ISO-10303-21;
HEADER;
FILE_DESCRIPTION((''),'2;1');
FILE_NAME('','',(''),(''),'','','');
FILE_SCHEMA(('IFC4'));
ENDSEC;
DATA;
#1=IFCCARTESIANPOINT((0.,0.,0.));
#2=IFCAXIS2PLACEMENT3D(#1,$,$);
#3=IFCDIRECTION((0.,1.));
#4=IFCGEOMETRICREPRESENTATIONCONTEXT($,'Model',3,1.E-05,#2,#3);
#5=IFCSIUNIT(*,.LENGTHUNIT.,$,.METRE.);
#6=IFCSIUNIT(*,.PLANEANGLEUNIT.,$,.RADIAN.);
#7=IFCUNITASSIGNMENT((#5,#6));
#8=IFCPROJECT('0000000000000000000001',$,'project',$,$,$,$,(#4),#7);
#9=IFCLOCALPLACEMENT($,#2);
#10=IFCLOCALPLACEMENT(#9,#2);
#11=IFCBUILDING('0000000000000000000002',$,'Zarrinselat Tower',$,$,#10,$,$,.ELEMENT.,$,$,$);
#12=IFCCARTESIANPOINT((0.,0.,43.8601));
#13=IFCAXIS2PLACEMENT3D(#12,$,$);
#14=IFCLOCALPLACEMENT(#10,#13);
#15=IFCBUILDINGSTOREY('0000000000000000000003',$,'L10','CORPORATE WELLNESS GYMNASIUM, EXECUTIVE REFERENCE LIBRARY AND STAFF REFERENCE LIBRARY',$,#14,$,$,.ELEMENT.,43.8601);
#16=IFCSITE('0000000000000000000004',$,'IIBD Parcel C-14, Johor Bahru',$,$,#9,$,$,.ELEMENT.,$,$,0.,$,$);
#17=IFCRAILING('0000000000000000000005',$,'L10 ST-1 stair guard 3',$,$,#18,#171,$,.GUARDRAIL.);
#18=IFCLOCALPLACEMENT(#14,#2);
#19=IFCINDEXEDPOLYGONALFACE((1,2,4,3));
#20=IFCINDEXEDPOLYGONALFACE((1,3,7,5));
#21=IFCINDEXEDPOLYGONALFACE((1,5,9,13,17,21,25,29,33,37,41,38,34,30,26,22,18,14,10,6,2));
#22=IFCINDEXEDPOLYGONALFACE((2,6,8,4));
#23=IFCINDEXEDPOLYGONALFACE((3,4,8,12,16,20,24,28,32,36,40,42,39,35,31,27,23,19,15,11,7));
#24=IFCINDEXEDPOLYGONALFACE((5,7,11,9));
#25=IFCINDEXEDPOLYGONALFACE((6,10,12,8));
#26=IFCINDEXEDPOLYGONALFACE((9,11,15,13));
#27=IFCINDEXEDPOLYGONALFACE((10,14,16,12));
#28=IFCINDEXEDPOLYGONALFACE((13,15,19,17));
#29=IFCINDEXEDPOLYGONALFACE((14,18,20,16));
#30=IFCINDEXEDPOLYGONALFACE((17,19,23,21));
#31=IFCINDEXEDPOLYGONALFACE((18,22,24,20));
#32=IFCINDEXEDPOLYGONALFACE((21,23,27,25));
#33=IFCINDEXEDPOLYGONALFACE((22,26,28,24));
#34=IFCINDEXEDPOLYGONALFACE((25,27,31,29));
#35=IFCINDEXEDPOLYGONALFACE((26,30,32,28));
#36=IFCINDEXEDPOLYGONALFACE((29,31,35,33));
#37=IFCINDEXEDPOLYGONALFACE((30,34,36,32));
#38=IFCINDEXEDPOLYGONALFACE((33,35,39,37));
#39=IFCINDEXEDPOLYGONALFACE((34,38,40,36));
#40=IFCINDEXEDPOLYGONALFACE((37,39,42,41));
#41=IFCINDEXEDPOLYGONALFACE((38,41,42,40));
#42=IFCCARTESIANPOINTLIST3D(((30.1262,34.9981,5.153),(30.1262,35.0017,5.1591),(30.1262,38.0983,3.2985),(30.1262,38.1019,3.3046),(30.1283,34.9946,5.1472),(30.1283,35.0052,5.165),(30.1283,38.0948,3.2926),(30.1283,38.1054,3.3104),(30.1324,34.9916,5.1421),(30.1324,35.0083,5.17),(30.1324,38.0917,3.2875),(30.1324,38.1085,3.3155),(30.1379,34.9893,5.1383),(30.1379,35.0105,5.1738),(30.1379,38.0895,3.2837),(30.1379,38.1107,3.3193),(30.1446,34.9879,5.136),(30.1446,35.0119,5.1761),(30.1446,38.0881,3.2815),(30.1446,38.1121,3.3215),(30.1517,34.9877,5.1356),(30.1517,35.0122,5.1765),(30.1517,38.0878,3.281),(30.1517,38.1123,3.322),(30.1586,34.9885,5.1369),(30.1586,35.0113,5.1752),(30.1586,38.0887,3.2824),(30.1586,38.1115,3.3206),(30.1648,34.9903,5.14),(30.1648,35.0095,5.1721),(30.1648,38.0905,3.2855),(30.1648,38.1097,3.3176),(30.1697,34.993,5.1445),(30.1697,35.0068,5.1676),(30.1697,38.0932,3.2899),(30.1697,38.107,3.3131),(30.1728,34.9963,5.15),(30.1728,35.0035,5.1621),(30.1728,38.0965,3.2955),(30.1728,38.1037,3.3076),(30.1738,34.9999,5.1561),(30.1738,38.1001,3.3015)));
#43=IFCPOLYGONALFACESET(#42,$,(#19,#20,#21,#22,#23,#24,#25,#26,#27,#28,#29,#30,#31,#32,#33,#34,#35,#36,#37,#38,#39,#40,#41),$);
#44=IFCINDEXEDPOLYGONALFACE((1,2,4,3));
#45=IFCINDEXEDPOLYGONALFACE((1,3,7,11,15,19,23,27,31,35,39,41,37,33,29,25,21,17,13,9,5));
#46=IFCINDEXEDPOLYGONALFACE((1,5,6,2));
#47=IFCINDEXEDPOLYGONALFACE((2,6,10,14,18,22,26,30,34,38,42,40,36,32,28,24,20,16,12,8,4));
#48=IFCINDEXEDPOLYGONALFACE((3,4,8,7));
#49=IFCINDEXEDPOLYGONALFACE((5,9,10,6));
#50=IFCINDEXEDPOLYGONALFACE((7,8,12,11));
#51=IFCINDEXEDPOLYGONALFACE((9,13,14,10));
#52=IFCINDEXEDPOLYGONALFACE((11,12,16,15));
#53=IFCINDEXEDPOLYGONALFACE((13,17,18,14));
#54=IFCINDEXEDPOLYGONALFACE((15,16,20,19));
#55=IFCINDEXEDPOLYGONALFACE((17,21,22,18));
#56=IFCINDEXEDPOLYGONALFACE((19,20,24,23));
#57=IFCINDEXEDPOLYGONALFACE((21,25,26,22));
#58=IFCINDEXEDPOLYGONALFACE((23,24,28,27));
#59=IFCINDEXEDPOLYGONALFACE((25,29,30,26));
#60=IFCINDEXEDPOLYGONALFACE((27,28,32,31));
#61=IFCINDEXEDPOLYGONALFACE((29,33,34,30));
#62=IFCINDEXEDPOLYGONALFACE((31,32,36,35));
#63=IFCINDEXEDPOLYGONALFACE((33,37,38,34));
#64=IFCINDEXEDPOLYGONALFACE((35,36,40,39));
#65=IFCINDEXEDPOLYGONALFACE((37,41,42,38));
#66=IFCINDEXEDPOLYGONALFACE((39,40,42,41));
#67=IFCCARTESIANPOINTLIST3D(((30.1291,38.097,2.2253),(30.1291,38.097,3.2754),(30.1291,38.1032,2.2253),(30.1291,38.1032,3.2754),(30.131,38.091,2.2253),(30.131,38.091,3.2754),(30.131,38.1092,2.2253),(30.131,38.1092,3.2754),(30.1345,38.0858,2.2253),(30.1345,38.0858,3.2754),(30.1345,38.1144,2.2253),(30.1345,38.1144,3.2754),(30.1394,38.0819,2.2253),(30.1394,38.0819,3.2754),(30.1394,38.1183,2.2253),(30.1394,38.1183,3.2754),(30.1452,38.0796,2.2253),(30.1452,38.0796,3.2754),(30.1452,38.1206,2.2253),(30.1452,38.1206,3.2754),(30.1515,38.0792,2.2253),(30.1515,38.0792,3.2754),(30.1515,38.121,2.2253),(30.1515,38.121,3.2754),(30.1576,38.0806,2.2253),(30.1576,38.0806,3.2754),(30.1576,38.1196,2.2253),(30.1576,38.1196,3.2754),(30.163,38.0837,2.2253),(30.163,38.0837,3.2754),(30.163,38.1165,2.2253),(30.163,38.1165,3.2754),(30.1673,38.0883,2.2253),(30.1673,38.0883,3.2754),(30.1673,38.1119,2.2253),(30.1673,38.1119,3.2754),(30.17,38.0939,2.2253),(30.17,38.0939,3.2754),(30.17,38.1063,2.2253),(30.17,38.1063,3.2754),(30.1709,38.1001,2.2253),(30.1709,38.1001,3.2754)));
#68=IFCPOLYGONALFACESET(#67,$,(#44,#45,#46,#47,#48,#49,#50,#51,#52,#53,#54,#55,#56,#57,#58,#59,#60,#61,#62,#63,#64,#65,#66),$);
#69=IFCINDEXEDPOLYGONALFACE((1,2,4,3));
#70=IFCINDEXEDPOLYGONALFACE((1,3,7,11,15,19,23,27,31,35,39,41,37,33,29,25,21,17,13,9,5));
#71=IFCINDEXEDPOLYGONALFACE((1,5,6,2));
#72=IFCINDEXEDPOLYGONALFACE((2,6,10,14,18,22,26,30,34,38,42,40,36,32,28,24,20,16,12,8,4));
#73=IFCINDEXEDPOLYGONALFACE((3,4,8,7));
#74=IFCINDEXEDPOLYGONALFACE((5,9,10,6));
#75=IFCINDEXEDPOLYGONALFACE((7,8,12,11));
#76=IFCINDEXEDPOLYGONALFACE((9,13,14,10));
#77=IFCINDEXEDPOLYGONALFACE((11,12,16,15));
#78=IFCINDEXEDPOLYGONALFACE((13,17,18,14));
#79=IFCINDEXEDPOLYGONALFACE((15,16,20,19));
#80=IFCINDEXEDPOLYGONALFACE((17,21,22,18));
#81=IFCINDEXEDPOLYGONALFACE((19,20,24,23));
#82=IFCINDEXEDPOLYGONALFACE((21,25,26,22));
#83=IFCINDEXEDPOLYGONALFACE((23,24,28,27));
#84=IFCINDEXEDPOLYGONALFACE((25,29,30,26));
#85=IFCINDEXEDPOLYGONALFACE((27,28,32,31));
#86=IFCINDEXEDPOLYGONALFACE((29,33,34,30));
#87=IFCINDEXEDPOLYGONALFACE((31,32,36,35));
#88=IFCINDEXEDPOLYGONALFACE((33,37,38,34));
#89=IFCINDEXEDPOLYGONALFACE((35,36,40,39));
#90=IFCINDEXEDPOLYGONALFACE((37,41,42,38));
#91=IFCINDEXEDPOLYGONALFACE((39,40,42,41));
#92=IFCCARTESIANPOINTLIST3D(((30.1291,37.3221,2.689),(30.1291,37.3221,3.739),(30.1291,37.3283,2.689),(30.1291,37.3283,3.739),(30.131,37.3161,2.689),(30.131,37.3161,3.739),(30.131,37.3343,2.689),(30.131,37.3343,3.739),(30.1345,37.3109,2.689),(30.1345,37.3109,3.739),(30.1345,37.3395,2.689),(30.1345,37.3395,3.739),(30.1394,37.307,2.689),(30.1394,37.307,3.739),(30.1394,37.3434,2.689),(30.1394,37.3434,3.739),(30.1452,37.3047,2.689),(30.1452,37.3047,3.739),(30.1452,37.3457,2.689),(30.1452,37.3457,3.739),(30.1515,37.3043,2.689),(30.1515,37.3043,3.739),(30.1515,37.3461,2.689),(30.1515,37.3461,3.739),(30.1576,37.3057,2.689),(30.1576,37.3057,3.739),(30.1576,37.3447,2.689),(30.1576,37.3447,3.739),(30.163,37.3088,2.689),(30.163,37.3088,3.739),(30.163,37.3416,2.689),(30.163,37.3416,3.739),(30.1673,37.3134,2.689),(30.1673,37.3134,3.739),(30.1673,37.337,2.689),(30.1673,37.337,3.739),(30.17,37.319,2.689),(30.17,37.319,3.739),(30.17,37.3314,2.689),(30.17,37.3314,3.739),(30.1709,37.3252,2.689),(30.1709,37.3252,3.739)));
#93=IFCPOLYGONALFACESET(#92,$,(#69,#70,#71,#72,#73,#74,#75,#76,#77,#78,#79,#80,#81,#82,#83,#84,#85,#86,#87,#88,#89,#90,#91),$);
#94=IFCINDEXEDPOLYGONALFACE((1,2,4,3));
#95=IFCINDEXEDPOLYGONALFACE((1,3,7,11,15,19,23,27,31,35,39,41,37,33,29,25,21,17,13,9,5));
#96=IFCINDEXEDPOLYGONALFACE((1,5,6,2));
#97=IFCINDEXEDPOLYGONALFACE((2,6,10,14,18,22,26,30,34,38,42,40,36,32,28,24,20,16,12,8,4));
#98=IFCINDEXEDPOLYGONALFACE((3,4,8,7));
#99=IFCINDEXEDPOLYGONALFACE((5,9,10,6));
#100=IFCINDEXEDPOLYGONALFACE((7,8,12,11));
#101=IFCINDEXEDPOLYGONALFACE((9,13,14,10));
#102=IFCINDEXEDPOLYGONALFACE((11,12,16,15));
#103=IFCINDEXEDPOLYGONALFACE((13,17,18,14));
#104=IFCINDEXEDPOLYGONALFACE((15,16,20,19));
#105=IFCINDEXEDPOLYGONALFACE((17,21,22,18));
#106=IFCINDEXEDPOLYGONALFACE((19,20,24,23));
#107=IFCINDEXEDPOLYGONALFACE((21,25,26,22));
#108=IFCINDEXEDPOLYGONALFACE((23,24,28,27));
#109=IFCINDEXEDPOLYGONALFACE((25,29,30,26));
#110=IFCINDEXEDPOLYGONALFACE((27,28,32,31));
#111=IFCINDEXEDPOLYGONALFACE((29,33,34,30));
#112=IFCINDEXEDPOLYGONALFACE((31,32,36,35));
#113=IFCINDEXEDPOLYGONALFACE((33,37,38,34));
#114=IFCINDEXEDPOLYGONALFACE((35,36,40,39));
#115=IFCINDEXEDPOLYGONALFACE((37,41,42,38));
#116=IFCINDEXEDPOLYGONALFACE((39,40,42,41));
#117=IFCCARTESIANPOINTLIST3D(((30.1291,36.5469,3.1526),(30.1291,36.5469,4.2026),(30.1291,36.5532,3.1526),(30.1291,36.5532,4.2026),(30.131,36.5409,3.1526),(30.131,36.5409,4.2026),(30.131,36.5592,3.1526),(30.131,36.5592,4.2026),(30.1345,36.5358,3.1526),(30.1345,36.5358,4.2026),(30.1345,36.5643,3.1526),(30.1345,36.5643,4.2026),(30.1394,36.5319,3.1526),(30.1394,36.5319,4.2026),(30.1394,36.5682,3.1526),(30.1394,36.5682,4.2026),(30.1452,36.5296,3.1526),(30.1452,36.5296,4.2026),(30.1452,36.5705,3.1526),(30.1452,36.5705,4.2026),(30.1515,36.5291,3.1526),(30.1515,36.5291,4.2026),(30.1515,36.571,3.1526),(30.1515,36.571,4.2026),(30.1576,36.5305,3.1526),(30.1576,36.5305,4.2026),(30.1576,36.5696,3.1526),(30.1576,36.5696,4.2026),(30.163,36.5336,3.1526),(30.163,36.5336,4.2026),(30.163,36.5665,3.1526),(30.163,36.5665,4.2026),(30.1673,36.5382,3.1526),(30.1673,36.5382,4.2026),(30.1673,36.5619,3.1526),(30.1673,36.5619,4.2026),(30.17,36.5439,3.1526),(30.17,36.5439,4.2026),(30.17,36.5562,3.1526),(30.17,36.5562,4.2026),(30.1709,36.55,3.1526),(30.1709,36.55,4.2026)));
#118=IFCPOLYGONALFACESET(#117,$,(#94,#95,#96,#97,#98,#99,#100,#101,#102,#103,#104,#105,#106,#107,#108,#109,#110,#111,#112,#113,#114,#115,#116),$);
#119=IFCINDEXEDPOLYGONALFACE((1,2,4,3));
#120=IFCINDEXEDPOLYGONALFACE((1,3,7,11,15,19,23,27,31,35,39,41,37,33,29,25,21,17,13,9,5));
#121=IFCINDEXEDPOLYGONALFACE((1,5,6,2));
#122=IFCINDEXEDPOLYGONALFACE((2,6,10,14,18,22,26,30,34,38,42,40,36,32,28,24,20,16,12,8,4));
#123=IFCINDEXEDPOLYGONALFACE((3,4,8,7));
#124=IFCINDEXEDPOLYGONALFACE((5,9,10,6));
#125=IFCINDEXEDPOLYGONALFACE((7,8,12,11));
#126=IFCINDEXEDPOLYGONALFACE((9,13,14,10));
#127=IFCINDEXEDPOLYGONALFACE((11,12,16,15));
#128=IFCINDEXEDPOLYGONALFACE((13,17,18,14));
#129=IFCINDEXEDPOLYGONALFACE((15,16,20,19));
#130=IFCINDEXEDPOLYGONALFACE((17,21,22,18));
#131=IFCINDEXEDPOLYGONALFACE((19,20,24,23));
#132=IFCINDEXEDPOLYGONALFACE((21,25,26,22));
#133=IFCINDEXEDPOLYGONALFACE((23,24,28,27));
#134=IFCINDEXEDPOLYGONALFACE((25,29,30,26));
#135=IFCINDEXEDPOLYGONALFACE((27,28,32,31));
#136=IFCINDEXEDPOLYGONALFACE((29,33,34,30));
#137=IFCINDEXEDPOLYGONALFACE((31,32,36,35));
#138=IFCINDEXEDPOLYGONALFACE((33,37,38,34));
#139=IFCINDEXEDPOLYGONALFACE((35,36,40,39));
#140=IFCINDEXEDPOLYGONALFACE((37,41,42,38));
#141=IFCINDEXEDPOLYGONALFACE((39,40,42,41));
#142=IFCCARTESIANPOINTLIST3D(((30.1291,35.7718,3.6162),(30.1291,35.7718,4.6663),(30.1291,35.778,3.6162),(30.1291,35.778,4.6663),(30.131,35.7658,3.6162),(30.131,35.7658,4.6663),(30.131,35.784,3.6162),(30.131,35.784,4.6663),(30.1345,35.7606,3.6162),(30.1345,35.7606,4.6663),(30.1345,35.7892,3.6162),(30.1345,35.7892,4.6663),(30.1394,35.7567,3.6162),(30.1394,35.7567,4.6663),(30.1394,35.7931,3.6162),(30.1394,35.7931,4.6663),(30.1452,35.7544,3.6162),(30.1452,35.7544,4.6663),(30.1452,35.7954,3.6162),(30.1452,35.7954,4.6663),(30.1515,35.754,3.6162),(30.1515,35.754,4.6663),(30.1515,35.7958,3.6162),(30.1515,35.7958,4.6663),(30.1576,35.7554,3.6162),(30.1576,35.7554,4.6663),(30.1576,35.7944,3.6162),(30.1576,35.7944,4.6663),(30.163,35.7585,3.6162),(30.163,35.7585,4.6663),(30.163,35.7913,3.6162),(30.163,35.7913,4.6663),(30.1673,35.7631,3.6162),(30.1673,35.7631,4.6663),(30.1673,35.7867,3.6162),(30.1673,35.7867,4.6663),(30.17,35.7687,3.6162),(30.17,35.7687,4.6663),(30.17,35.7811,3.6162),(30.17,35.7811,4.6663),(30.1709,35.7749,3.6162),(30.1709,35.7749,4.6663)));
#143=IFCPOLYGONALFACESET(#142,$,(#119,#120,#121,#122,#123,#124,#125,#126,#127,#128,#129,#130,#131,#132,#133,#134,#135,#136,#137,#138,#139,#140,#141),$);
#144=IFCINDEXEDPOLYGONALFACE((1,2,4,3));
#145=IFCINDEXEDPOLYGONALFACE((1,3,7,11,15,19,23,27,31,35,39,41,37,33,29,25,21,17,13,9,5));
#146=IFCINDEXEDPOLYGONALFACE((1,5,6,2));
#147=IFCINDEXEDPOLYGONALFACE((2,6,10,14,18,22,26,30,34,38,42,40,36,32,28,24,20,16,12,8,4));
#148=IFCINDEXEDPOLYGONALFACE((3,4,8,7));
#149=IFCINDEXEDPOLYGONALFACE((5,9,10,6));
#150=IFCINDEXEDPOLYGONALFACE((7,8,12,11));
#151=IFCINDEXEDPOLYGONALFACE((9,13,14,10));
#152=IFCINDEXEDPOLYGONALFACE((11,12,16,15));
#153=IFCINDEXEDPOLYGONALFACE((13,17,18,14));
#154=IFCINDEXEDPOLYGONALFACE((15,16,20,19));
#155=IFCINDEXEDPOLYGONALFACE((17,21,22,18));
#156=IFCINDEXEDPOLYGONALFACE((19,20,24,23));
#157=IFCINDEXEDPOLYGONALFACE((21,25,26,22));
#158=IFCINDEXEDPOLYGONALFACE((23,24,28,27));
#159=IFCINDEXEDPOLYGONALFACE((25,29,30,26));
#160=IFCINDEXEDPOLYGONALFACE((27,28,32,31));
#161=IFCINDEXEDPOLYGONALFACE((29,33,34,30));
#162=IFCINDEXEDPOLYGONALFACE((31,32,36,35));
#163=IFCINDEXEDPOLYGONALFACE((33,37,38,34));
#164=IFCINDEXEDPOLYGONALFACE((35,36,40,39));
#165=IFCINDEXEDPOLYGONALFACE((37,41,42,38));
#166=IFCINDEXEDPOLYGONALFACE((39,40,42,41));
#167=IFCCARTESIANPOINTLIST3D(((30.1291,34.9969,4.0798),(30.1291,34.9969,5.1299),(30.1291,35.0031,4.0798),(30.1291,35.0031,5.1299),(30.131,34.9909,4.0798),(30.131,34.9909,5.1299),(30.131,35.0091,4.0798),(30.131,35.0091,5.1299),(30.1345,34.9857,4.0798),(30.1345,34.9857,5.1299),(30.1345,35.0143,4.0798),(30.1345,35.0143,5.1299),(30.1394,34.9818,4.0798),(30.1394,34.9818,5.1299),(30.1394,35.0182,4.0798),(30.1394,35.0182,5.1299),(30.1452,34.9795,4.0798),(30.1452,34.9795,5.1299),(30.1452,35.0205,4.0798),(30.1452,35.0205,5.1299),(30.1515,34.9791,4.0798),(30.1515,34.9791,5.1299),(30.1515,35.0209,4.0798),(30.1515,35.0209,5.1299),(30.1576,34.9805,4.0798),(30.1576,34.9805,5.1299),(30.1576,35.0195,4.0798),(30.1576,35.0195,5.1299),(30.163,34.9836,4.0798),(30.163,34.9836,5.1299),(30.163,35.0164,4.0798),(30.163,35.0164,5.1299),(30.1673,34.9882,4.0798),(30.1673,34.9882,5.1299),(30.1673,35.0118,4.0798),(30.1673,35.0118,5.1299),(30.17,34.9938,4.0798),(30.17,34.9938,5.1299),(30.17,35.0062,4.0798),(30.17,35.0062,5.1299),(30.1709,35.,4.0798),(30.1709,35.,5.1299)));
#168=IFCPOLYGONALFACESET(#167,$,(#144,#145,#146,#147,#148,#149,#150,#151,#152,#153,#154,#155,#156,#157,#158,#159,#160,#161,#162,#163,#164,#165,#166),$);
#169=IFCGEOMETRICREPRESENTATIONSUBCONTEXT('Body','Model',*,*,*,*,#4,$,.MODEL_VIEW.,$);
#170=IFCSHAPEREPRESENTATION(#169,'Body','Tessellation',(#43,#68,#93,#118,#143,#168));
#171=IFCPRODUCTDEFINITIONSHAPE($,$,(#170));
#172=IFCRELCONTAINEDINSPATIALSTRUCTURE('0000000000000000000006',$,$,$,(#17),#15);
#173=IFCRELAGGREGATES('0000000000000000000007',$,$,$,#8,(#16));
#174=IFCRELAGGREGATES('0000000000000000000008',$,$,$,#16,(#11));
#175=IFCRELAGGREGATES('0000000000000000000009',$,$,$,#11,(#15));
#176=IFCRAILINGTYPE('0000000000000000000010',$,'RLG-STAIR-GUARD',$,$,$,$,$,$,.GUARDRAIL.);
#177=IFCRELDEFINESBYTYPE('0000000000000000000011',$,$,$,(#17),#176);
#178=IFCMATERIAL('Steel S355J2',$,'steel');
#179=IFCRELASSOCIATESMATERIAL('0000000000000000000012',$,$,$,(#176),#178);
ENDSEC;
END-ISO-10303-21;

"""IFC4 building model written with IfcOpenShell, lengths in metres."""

from ifc_helpers import new_model, si_unit, direction, frame, origin, origin_2d, place, context, subcontext, project, spatial, circle, extrude, material, type_object, element, save


model = new_model("IFC4")

# Units and contexts
model_context = context("Model", 3, precision=1e-05, world=origin(), true_north=direction((0.0, 1.0)))
body_context = subcontext(model_context, "Body", "Model", "MODEL_VIEW")
ifc_project = project(units=[si_unit("LENGTHUNIT", "METRE"), si_unit("PLANEANGLEUNIT", "RADIAN")], contexts=[model_context])

# Site, building, storey
site_placement = place(None, origin())
site = spatial("IfcSite", under=ifc_project, at=site_placement, Name="IIBD Parcel C-14, Johor Bahru", CompositionType="ELEMENT", RefElevation=0.0)
building_placement = place(site_placement, origin())
building = spatial("IfcBuilding", under=site, at=building_placement, Name="Zarrinselat Tower", CompositionType="ELEMENT")
storey_placement = place(building_placement, frame((0.0, 0.0, 43.8601)))
storey = spatial("IfcBuildingStorey", under=building, at=storey_placement, Name="L10", Description="CORPORATE WELLNESS GYMNASIUM, EXECUTIVE REFERENCE LIBRARY AND STAFF REFERENCE LIBRARY", CompositionType="ELEMENT", Elevation=43.8601)

# Railing
ifc_material_1 = material(Name="Steel S355J2", Category="steel")
railing_type_1 = type_object("IfcRailingType", Name="RLG-STAIR-GUARD", PredefinedType="GUARDRAIL", material=ifc_material_1)
railing_1_placement = place(storey_placement, frame((30.1499, 38.1001, 2.2253)))
element("IfcRailing", 1, at=railing_1_placement, inside=storey, type_object=railing_type_1, Name="L10 ST-1 stair guard 3", PredefinedType="GUARDRAIL", context=body_context, shape_type="SweptSolid", body=[
    extrude(circle(Radius=0.0239, at=origin_2d()), frame((0.0, 0.0, 1.0762), z_axis=(0.0, -0.858172, 0.513362), x_axis=(1.0, 0.0, 0.0)), (0.0, 0.0, 1.0), 3.6125),
    extrude(circle(Radius=0.021, at=origin_2d()), origin(), (0.0, 0.0, 1.0), 1.05),
    extrude(circle(Radius=0.021, at=origin_2d()), frame((0.0, -0.7749, 0.4636)), (0.0, 0.0, 1.0), 1.05),
    extrude(circle(Radius=0.021, at=origin_2d()), frame((0.0, -1.55, 0.9272)), (0.0, 0.0, 1.0), 1.05),
    extrude(circle(Radius=0.021, at=origin_2d()), frame((0.0, -2.3252, 1.3909)), (0.0, 0.0, 1.0), 1.05),
    extrude(circle(Radius=0.021, at=origin_2d()), frame((0.0, -3.1001, 1.8545)), (0.0, 0.0, 1.0), 1.05),
])

save(model, "model.ifc")
